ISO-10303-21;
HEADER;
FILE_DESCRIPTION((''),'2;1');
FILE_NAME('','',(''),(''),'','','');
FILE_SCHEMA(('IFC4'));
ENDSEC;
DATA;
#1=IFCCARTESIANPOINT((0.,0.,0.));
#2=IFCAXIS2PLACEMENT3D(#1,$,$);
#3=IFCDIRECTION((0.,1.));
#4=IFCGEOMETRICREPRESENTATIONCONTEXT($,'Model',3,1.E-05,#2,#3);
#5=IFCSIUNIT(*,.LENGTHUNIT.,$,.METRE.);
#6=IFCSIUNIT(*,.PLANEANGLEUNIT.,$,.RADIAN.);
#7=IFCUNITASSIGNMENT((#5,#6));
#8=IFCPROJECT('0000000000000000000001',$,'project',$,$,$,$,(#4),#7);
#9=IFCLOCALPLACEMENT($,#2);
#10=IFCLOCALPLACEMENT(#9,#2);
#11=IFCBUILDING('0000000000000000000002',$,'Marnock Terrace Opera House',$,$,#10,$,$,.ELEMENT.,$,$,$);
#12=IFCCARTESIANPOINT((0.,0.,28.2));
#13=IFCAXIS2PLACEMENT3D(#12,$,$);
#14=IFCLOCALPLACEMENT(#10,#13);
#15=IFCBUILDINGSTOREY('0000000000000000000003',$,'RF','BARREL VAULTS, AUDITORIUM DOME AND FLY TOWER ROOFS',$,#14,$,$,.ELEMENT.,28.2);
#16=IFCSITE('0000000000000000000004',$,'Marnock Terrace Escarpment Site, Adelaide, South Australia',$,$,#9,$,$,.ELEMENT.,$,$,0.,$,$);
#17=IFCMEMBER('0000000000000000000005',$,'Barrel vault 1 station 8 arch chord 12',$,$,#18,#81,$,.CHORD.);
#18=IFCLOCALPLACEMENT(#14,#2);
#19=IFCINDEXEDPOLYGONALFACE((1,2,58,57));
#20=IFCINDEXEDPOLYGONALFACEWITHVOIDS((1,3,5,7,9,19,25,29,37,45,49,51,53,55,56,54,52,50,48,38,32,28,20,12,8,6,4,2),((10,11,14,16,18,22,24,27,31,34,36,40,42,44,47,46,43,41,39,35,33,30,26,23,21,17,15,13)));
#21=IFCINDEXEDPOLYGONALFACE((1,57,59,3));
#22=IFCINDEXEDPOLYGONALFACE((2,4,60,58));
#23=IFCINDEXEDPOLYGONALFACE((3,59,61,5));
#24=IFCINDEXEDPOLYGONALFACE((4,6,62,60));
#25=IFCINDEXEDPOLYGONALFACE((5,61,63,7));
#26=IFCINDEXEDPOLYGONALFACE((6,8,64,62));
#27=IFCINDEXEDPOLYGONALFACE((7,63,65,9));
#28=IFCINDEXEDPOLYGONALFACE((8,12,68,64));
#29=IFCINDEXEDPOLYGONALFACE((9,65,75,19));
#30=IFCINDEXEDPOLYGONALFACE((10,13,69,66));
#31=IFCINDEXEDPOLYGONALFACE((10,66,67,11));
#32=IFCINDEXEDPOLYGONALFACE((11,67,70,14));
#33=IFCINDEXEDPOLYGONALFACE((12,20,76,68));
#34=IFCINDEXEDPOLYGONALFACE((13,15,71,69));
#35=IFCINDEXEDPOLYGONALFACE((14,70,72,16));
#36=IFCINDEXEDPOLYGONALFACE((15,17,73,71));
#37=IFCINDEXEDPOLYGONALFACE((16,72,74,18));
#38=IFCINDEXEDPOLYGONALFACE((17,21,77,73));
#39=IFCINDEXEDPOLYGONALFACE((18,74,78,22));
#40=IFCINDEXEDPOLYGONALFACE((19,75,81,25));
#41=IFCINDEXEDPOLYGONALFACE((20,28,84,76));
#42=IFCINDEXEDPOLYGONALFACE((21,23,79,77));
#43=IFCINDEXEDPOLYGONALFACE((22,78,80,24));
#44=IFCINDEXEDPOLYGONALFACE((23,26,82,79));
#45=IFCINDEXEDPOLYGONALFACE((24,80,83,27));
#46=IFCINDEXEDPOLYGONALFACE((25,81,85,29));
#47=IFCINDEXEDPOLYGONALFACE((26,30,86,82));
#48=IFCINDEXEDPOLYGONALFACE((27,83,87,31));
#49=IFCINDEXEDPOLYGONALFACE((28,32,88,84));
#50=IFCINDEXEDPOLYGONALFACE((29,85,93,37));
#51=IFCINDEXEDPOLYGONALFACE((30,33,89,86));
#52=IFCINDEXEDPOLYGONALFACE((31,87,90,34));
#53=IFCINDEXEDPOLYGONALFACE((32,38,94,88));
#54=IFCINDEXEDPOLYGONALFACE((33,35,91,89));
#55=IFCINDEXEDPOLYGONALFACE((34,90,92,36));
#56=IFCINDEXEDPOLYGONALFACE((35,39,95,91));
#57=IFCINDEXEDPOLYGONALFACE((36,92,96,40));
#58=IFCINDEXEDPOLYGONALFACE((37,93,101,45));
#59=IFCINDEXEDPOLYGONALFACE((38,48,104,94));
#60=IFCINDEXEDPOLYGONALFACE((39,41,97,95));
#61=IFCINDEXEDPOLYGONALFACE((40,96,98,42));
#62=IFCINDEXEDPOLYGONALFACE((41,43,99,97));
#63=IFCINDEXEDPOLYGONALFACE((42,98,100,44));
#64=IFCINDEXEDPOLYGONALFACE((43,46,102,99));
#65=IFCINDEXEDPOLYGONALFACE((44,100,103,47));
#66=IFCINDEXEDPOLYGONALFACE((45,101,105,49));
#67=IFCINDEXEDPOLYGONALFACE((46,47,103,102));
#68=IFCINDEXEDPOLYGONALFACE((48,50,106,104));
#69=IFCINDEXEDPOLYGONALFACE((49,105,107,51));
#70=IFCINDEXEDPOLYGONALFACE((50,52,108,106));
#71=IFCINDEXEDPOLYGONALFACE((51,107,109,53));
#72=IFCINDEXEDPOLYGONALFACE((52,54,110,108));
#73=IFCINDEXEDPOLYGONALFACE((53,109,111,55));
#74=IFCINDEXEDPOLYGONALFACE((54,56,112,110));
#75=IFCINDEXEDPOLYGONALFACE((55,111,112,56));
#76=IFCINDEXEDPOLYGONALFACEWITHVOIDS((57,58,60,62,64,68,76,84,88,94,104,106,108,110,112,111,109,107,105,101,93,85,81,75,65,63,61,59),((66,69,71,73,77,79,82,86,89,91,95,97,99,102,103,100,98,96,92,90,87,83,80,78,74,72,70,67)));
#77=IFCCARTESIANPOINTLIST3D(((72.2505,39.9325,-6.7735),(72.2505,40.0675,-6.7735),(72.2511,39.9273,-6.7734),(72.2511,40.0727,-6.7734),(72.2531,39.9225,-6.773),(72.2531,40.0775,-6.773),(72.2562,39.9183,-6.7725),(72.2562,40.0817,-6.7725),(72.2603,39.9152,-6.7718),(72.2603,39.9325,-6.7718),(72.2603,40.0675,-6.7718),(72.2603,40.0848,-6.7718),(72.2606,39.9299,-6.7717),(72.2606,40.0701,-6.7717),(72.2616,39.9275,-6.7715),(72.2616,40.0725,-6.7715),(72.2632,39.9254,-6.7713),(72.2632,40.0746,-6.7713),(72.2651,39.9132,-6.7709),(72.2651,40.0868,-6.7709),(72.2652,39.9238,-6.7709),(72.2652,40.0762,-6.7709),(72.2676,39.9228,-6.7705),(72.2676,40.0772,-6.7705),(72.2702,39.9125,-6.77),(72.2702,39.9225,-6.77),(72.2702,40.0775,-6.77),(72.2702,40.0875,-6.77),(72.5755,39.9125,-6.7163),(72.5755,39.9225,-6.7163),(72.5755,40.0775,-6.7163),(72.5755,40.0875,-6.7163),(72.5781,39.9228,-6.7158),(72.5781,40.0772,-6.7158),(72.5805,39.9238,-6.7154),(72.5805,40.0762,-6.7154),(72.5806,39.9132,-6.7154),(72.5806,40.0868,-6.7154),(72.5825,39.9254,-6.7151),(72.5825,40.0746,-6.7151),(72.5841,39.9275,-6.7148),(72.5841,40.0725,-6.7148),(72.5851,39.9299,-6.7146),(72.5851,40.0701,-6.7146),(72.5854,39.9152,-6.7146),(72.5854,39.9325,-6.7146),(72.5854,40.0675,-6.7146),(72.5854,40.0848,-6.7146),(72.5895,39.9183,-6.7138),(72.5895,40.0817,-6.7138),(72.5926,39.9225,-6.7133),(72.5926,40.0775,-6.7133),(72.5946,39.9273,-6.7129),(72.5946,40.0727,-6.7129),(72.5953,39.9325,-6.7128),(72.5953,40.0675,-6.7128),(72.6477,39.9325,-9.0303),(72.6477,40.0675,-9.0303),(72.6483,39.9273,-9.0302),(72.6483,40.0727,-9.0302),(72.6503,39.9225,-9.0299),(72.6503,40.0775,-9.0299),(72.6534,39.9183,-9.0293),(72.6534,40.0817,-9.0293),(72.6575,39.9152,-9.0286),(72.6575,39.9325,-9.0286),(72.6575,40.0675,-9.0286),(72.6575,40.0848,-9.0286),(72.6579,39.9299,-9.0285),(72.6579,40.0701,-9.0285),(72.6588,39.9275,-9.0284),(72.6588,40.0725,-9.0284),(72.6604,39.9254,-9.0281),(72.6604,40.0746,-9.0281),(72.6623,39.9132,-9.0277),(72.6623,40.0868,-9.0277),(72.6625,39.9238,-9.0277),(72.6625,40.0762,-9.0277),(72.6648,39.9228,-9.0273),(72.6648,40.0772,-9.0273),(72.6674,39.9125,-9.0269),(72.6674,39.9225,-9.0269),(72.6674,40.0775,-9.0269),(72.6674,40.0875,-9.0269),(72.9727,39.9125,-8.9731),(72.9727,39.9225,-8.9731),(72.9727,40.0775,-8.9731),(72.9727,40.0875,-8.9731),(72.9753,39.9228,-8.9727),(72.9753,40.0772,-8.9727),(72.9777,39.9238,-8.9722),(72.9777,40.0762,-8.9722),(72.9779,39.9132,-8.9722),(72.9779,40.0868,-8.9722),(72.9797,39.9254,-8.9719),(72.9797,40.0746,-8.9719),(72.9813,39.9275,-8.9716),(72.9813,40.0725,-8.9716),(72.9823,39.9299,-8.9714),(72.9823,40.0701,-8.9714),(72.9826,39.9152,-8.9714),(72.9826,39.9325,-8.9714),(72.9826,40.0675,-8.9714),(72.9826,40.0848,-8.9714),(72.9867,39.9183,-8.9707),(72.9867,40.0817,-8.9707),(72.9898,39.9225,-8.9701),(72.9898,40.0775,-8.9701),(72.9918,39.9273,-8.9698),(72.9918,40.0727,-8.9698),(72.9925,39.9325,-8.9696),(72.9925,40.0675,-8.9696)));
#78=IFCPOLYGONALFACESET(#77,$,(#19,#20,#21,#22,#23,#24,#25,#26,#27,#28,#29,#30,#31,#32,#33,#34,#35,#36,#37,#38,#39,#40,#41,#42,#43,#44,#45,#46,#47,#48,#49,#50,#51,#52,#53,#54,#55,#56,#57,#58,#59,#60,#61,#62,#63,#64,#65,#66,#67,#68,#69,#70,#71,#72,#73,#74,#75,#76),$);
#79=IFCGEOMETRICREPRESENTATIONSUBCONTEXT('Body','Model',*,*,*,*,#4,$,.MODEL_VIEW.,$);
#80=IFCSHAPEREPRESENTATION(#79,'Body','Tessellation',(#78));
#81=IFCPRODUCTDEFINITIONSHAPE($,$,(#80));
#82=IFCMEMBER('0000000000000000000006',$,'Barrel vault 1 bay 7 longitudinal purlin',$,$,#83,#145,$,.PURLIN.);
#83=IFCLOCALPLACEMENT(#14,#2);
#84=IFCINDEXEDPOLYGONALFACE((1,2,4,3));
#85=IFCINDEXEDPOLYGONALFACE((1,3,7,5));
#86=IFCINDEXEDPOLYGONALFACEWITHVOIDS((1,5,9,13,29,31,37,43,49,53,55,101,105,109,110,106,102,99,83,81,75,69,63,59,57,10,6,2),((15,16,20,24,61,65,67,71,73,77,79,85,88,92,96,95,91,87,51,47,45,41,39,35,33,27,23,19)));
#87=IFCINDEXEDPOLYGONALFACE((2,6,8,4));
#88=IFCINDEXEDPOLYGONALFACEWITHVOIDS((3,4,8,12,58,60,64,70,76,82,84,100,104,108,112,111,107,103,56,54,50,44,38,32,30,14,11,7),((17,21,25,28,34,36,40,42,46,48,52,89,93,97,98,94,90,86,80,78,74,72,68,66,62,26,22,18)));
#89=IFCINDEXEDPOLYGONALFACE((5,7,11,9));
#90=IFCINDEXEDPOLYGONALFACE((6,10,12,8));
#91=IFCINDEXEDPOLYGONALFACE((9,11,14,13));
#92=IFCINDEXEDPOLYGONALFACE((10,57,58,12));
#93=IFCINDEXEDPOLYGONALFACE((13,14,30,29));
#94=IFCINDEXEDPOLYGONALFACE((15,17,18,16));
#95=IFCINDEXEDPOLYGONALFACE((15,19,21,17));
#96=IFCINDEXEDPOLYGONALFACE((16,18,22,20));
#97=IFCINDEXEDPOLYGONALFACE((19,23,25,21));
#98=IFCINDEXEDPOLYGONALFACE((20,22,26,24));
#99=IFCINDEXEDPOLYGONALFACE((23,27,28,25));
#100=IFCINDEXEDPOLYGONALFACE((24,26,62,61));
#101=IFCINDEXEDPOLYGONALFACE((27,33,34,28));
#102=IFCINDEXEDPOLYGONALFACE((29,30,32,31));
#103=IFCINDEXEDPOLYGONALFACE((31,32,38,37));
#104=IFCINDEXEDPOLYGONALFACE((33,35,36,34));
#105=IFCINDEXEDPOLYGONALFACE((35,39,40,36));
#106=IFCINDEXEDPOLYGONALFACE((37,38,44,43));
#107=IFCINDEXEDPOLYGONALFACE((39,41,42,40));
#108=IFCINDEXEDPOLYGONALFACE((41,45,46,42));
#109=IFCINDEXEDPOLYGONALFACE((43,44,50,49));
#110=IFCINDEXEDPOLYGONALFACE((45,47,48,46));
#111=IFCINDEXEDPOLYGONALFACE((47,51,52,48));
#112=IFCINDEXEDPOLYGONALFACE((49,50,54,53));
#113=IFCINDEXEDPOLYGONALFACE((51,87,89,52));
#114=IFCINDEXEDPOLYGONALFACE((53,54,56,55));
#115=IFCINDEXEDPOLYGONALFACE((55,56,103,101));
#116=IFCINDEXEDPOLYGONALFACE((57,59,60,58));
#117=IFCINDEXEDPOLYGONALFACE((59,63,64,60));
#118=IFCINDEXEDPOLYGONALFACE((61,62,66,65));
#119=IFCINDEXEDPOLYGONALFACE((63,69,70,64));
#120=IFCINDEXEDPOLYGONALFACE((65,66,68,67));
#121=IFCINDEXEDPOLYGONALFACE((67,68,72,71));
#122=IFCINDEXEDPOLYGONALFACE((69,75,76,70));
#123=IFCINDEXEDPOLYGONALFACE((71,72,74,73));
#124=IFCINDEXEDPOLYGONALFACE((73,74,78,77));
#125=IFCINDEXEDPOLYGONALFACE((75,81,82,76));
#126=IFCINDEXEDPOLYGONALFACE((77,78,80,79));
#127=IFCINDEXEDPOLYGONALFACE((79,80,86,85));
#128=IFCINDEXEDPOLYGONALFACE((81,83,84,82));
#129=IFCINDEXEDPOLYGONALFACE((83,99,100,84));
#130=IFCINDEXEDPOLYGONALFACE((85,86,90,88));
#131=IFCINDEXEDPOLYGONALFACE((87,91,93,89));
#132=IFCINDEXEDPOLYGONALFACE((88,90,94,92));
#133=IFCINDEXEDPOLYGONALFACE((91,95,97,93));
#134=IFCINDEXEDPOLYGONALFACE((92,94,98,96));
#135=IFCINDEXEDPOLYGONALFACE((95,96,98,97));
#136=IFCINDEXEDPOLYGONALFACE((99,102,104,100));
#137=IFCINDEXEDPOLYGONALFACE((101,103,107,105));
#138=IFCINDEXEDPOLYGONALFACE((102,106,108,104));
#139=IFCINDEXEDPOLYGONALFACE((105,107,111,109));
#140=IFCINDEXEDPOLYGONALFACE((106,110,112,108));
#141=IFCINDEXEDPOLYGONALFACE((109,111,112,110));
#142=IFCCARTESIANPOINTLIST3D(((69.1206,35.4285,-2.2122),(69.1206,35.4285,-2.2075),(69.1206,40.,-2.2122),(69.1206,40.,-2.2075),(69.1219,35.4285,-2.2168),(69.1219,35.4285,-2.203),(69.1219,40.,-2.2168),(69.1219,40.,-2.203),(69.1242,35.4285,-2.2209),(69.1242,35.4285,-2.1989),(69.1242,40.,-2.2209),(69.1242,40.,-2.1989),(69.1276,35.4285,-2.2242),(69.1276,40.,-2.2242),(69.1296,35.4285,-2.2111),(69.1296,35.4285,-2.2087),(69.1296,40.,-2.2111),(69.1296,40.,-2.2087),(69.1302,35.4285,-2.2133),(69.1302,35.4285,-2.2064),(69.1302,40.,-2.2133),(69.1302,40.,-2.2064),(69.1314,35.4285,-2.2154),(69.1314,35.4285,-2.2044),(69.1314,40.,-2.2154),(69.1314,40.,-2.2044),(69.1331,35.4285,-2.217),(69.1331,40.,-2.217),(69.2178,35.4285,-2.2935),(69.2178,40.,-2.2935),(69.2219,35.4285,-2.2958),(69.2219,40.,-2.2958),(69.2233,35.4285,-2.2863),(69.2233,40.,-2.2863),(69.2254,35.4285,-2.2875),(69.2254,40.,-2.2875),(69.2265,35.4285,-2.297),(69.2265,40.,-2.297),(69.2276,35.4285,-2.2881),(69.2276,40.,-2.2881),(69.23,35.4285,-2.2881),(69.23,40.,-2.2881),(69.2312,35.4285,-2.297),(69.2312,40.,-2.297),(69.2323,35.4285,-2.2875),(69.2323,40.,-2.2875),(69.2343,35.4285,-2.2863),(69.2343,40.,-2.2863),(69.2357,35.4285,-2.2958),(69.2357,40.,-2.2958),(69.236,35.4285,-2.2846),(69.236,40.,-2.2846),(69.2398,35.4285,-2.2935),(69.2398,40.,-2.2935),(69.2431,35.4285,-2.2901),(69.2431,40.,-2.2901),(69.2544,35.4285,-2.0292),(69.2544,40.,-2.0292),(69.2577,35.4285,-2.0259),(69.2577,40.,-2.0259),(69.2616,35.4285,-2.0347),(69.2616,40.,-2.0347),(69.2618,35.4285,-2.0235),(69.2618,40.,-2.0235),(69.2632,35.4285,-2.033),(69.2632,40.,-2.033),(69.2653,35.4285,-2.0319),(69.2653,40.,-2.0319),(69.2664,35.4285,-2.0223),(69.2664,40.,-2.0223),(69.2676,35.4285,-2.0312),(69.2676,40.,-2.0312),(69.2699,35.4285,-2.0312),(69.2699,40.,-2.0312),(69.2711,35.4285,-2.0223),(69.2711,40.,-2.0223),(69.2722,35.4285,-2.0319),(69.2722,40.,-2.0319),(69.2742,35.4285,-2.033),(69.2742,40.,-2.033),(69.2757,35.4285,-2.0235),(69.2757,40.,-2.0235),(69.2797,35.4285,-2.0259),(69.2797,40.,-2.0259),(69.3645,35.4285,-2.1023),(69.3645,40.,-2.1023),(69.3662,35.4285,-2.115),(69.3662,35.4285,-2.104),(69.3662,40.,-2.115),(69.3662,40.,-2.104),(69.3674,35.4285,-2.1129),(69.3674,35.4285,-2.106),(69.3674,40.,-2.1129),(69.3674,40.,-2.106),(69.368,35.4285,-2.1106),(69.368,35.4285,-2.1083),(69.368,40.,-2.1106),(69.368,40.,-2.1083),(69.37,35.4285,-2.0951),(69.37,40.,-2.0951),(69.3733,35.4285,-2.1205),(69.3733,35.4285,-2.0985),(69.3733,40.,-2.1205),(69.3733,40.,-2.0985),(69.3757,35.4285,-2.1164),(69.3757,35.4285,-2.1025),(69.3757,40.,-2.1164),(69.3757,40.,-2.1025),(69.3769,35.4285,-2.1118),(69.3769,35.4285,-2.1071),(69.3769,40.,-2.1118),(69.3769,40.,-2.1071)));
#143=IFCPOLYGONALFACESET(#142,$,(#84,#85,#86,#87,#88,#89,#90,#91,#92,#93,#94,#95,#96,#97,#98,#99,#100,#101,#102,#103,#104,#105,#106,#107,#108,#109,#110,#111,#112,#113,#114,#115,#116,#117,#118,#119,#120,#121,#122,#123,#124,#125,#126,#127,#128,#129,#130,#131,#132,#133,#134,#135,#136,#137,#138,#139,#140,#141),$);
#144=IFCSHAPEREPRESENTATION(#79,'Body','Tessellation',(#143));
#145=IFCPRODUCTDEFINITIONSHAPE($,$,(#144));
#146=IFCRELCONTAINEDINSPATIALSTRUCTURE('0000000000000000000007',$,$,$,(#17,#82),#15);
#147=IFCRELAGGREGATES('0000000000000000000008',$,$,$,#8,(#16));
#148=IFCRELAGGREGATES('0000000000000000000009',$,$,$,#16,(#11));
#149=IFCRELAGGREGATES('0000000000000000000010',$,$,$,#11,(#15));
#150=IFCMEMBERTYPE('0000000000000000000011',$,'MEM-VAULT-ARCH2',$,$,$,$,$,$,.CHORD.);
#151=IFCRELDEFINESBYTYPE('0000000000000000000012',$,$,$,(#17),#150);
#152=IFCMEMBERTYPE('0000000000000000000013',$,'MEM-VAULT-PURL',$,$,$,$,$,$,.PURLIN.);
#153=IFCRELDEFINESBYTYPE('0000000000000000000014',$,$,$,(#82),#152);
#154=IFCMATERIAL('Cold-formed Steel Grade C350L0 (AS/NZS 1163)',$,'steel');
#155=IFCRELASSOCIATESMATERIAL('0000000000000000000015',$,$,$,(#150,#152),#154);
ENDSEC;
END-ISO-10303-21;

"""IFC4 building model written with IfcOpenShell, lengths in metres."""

from ifc_helpers import new_model, si_unit, direction, frame, origin, origin_2d, place, context, subcontext, project, spatial, hollow_rectangle, extrude, material, material_profile, profile_set, type_object, element, save


model = new_model("IFC4")

# Units and contexts
model_context = context("Model", 3, precision=1e-05, world=origin(), true_north=direction((0.0, 1.0)))
body_context = subcontext(model_context, "Body", "Model", "MODEL_VIEW")
ifc_project = project(units=[si_unit("LENGTHUNIT", "METRE"), si_unit("PLANEANGLEUNIT", "RADIAN")], contexts=[model_context])

# Site, building, storey
site_placement = place(None, origin())
site = spatial("IfcSite", under=ifc_project, at=site_placement, Name="Marnock Terrace Escarpment Site, Adelaide, South Australia", CompositionType="ELEMENT", RefElevation=0.0)
building_placement = place(site_placement, origin())
building = spatial("IfcBuilding", under=site, at=building_placement, Name="Marnock Terrace Opera House", CompositionType="ELEMENT")
storey_placement = place(building_placement, frame((0.0, 0.0, 28.2)))
storey = spatial("IfcBuildingStorey", under=building, at=storey_placement, Name="RF", Description="BARREL VAULTS, AUDITORIUM DOME AND FLY TOWER ROOFS", CompositionType="ELEMENT", Elevation=28.2)

# Members
ifc_material_1 = material(Name="Cold-formed Steel Grade C350L0 (AS/NZS 1163)", Category="steel")
ifc_material_profile_1 = material_profile(ifc_material_1, hollow_rectangle(XDim=0.175, YDim=0.3501, WallThickness=0.01, InnerFilletRadius=0.01, OuterFilletRadius=0.02, at=origin_2d()))
ifc_profile_set_1 = profile_set([ifc_material_profile_1], Name="Cold-formed Steel Grade C350L0 (AS/NZS 1163)")
member_type_1 = type_object("IfcMemberType", Name="MEM-VAULT-ARCH2", PredefinedType="CHORD", material=ifc_profile_set_1)
member_1_placement = place(storey_placement, frame((72.4229, 40.0, -6.7432), z_axis=(0.173342, 0.0, -0.984862), x_axis=(0.0, 1.0, 0.0)))
element("IfcMember", 1, at=member_1_placement, inside=storey, type_object=member_type_1, Name="Barrel vault 1 station 8 arch chord 12", PredefinedType="CHORD", context=body_context, shape_type="SweptSolid", body=[
    extrude(hollow_rectangle(XDim=0.175, YDim=0.3501, WallThickness=0.01, InnerFilletRadius=0.01, OuterFilletRadius=0.02, at=origin_2d()), origin(), (0.0, 0.0, 1.0), 2.2915),
])
ifc_material_profile_2 = material_profile(ifc_material_1, hollow_rectangle(XDim=0.1499, YDim=0.25, WallThickness=0.009, InnerFilletRadius=0.009, OuterFilletRadius=0.0181, at=origin_2d()))
ifc_profile_set_2 = profile_set([ifc_material_profile_2], Name="Cold-formed Steel Grade C350L0 (AS/NZS 1163)")
member_type_2 = type_object("IfcMemberType", Name="MEM-VAULT-PURL", PredefinedType="PURLIN", material=ifc_profile_set_2)
for number, where, z_axis, x_axis, name in (
    (2, (69.2488, 35.4285, -2.1597), (0.0, 1.0, 0.0), (-0.793353, 0.0, 0.608761), "Barrel vault 1 bay 7 longitudinal purlin"),
):
    element("IfcMember", number, at=place(storey_placement, frame(where, z_axis=z_axis, x_axis=x_axis)), inside=storey, type_object=member_type_2, Name=name, PredefinedType="PURLIN", context=body_context, shape_type="SweptSolid", body=[
        extrude(hollow_rectangle(XDim=0.1499, YDim=0.25, WallThickness=0.009, InnerFilletRadius=0.009, OuterFilletRadius=0.0181, at=origin_2d()), origin(), (0.0, 0.0, 1.0), 4.5715),
    ])

save(model, "model.ifc")
